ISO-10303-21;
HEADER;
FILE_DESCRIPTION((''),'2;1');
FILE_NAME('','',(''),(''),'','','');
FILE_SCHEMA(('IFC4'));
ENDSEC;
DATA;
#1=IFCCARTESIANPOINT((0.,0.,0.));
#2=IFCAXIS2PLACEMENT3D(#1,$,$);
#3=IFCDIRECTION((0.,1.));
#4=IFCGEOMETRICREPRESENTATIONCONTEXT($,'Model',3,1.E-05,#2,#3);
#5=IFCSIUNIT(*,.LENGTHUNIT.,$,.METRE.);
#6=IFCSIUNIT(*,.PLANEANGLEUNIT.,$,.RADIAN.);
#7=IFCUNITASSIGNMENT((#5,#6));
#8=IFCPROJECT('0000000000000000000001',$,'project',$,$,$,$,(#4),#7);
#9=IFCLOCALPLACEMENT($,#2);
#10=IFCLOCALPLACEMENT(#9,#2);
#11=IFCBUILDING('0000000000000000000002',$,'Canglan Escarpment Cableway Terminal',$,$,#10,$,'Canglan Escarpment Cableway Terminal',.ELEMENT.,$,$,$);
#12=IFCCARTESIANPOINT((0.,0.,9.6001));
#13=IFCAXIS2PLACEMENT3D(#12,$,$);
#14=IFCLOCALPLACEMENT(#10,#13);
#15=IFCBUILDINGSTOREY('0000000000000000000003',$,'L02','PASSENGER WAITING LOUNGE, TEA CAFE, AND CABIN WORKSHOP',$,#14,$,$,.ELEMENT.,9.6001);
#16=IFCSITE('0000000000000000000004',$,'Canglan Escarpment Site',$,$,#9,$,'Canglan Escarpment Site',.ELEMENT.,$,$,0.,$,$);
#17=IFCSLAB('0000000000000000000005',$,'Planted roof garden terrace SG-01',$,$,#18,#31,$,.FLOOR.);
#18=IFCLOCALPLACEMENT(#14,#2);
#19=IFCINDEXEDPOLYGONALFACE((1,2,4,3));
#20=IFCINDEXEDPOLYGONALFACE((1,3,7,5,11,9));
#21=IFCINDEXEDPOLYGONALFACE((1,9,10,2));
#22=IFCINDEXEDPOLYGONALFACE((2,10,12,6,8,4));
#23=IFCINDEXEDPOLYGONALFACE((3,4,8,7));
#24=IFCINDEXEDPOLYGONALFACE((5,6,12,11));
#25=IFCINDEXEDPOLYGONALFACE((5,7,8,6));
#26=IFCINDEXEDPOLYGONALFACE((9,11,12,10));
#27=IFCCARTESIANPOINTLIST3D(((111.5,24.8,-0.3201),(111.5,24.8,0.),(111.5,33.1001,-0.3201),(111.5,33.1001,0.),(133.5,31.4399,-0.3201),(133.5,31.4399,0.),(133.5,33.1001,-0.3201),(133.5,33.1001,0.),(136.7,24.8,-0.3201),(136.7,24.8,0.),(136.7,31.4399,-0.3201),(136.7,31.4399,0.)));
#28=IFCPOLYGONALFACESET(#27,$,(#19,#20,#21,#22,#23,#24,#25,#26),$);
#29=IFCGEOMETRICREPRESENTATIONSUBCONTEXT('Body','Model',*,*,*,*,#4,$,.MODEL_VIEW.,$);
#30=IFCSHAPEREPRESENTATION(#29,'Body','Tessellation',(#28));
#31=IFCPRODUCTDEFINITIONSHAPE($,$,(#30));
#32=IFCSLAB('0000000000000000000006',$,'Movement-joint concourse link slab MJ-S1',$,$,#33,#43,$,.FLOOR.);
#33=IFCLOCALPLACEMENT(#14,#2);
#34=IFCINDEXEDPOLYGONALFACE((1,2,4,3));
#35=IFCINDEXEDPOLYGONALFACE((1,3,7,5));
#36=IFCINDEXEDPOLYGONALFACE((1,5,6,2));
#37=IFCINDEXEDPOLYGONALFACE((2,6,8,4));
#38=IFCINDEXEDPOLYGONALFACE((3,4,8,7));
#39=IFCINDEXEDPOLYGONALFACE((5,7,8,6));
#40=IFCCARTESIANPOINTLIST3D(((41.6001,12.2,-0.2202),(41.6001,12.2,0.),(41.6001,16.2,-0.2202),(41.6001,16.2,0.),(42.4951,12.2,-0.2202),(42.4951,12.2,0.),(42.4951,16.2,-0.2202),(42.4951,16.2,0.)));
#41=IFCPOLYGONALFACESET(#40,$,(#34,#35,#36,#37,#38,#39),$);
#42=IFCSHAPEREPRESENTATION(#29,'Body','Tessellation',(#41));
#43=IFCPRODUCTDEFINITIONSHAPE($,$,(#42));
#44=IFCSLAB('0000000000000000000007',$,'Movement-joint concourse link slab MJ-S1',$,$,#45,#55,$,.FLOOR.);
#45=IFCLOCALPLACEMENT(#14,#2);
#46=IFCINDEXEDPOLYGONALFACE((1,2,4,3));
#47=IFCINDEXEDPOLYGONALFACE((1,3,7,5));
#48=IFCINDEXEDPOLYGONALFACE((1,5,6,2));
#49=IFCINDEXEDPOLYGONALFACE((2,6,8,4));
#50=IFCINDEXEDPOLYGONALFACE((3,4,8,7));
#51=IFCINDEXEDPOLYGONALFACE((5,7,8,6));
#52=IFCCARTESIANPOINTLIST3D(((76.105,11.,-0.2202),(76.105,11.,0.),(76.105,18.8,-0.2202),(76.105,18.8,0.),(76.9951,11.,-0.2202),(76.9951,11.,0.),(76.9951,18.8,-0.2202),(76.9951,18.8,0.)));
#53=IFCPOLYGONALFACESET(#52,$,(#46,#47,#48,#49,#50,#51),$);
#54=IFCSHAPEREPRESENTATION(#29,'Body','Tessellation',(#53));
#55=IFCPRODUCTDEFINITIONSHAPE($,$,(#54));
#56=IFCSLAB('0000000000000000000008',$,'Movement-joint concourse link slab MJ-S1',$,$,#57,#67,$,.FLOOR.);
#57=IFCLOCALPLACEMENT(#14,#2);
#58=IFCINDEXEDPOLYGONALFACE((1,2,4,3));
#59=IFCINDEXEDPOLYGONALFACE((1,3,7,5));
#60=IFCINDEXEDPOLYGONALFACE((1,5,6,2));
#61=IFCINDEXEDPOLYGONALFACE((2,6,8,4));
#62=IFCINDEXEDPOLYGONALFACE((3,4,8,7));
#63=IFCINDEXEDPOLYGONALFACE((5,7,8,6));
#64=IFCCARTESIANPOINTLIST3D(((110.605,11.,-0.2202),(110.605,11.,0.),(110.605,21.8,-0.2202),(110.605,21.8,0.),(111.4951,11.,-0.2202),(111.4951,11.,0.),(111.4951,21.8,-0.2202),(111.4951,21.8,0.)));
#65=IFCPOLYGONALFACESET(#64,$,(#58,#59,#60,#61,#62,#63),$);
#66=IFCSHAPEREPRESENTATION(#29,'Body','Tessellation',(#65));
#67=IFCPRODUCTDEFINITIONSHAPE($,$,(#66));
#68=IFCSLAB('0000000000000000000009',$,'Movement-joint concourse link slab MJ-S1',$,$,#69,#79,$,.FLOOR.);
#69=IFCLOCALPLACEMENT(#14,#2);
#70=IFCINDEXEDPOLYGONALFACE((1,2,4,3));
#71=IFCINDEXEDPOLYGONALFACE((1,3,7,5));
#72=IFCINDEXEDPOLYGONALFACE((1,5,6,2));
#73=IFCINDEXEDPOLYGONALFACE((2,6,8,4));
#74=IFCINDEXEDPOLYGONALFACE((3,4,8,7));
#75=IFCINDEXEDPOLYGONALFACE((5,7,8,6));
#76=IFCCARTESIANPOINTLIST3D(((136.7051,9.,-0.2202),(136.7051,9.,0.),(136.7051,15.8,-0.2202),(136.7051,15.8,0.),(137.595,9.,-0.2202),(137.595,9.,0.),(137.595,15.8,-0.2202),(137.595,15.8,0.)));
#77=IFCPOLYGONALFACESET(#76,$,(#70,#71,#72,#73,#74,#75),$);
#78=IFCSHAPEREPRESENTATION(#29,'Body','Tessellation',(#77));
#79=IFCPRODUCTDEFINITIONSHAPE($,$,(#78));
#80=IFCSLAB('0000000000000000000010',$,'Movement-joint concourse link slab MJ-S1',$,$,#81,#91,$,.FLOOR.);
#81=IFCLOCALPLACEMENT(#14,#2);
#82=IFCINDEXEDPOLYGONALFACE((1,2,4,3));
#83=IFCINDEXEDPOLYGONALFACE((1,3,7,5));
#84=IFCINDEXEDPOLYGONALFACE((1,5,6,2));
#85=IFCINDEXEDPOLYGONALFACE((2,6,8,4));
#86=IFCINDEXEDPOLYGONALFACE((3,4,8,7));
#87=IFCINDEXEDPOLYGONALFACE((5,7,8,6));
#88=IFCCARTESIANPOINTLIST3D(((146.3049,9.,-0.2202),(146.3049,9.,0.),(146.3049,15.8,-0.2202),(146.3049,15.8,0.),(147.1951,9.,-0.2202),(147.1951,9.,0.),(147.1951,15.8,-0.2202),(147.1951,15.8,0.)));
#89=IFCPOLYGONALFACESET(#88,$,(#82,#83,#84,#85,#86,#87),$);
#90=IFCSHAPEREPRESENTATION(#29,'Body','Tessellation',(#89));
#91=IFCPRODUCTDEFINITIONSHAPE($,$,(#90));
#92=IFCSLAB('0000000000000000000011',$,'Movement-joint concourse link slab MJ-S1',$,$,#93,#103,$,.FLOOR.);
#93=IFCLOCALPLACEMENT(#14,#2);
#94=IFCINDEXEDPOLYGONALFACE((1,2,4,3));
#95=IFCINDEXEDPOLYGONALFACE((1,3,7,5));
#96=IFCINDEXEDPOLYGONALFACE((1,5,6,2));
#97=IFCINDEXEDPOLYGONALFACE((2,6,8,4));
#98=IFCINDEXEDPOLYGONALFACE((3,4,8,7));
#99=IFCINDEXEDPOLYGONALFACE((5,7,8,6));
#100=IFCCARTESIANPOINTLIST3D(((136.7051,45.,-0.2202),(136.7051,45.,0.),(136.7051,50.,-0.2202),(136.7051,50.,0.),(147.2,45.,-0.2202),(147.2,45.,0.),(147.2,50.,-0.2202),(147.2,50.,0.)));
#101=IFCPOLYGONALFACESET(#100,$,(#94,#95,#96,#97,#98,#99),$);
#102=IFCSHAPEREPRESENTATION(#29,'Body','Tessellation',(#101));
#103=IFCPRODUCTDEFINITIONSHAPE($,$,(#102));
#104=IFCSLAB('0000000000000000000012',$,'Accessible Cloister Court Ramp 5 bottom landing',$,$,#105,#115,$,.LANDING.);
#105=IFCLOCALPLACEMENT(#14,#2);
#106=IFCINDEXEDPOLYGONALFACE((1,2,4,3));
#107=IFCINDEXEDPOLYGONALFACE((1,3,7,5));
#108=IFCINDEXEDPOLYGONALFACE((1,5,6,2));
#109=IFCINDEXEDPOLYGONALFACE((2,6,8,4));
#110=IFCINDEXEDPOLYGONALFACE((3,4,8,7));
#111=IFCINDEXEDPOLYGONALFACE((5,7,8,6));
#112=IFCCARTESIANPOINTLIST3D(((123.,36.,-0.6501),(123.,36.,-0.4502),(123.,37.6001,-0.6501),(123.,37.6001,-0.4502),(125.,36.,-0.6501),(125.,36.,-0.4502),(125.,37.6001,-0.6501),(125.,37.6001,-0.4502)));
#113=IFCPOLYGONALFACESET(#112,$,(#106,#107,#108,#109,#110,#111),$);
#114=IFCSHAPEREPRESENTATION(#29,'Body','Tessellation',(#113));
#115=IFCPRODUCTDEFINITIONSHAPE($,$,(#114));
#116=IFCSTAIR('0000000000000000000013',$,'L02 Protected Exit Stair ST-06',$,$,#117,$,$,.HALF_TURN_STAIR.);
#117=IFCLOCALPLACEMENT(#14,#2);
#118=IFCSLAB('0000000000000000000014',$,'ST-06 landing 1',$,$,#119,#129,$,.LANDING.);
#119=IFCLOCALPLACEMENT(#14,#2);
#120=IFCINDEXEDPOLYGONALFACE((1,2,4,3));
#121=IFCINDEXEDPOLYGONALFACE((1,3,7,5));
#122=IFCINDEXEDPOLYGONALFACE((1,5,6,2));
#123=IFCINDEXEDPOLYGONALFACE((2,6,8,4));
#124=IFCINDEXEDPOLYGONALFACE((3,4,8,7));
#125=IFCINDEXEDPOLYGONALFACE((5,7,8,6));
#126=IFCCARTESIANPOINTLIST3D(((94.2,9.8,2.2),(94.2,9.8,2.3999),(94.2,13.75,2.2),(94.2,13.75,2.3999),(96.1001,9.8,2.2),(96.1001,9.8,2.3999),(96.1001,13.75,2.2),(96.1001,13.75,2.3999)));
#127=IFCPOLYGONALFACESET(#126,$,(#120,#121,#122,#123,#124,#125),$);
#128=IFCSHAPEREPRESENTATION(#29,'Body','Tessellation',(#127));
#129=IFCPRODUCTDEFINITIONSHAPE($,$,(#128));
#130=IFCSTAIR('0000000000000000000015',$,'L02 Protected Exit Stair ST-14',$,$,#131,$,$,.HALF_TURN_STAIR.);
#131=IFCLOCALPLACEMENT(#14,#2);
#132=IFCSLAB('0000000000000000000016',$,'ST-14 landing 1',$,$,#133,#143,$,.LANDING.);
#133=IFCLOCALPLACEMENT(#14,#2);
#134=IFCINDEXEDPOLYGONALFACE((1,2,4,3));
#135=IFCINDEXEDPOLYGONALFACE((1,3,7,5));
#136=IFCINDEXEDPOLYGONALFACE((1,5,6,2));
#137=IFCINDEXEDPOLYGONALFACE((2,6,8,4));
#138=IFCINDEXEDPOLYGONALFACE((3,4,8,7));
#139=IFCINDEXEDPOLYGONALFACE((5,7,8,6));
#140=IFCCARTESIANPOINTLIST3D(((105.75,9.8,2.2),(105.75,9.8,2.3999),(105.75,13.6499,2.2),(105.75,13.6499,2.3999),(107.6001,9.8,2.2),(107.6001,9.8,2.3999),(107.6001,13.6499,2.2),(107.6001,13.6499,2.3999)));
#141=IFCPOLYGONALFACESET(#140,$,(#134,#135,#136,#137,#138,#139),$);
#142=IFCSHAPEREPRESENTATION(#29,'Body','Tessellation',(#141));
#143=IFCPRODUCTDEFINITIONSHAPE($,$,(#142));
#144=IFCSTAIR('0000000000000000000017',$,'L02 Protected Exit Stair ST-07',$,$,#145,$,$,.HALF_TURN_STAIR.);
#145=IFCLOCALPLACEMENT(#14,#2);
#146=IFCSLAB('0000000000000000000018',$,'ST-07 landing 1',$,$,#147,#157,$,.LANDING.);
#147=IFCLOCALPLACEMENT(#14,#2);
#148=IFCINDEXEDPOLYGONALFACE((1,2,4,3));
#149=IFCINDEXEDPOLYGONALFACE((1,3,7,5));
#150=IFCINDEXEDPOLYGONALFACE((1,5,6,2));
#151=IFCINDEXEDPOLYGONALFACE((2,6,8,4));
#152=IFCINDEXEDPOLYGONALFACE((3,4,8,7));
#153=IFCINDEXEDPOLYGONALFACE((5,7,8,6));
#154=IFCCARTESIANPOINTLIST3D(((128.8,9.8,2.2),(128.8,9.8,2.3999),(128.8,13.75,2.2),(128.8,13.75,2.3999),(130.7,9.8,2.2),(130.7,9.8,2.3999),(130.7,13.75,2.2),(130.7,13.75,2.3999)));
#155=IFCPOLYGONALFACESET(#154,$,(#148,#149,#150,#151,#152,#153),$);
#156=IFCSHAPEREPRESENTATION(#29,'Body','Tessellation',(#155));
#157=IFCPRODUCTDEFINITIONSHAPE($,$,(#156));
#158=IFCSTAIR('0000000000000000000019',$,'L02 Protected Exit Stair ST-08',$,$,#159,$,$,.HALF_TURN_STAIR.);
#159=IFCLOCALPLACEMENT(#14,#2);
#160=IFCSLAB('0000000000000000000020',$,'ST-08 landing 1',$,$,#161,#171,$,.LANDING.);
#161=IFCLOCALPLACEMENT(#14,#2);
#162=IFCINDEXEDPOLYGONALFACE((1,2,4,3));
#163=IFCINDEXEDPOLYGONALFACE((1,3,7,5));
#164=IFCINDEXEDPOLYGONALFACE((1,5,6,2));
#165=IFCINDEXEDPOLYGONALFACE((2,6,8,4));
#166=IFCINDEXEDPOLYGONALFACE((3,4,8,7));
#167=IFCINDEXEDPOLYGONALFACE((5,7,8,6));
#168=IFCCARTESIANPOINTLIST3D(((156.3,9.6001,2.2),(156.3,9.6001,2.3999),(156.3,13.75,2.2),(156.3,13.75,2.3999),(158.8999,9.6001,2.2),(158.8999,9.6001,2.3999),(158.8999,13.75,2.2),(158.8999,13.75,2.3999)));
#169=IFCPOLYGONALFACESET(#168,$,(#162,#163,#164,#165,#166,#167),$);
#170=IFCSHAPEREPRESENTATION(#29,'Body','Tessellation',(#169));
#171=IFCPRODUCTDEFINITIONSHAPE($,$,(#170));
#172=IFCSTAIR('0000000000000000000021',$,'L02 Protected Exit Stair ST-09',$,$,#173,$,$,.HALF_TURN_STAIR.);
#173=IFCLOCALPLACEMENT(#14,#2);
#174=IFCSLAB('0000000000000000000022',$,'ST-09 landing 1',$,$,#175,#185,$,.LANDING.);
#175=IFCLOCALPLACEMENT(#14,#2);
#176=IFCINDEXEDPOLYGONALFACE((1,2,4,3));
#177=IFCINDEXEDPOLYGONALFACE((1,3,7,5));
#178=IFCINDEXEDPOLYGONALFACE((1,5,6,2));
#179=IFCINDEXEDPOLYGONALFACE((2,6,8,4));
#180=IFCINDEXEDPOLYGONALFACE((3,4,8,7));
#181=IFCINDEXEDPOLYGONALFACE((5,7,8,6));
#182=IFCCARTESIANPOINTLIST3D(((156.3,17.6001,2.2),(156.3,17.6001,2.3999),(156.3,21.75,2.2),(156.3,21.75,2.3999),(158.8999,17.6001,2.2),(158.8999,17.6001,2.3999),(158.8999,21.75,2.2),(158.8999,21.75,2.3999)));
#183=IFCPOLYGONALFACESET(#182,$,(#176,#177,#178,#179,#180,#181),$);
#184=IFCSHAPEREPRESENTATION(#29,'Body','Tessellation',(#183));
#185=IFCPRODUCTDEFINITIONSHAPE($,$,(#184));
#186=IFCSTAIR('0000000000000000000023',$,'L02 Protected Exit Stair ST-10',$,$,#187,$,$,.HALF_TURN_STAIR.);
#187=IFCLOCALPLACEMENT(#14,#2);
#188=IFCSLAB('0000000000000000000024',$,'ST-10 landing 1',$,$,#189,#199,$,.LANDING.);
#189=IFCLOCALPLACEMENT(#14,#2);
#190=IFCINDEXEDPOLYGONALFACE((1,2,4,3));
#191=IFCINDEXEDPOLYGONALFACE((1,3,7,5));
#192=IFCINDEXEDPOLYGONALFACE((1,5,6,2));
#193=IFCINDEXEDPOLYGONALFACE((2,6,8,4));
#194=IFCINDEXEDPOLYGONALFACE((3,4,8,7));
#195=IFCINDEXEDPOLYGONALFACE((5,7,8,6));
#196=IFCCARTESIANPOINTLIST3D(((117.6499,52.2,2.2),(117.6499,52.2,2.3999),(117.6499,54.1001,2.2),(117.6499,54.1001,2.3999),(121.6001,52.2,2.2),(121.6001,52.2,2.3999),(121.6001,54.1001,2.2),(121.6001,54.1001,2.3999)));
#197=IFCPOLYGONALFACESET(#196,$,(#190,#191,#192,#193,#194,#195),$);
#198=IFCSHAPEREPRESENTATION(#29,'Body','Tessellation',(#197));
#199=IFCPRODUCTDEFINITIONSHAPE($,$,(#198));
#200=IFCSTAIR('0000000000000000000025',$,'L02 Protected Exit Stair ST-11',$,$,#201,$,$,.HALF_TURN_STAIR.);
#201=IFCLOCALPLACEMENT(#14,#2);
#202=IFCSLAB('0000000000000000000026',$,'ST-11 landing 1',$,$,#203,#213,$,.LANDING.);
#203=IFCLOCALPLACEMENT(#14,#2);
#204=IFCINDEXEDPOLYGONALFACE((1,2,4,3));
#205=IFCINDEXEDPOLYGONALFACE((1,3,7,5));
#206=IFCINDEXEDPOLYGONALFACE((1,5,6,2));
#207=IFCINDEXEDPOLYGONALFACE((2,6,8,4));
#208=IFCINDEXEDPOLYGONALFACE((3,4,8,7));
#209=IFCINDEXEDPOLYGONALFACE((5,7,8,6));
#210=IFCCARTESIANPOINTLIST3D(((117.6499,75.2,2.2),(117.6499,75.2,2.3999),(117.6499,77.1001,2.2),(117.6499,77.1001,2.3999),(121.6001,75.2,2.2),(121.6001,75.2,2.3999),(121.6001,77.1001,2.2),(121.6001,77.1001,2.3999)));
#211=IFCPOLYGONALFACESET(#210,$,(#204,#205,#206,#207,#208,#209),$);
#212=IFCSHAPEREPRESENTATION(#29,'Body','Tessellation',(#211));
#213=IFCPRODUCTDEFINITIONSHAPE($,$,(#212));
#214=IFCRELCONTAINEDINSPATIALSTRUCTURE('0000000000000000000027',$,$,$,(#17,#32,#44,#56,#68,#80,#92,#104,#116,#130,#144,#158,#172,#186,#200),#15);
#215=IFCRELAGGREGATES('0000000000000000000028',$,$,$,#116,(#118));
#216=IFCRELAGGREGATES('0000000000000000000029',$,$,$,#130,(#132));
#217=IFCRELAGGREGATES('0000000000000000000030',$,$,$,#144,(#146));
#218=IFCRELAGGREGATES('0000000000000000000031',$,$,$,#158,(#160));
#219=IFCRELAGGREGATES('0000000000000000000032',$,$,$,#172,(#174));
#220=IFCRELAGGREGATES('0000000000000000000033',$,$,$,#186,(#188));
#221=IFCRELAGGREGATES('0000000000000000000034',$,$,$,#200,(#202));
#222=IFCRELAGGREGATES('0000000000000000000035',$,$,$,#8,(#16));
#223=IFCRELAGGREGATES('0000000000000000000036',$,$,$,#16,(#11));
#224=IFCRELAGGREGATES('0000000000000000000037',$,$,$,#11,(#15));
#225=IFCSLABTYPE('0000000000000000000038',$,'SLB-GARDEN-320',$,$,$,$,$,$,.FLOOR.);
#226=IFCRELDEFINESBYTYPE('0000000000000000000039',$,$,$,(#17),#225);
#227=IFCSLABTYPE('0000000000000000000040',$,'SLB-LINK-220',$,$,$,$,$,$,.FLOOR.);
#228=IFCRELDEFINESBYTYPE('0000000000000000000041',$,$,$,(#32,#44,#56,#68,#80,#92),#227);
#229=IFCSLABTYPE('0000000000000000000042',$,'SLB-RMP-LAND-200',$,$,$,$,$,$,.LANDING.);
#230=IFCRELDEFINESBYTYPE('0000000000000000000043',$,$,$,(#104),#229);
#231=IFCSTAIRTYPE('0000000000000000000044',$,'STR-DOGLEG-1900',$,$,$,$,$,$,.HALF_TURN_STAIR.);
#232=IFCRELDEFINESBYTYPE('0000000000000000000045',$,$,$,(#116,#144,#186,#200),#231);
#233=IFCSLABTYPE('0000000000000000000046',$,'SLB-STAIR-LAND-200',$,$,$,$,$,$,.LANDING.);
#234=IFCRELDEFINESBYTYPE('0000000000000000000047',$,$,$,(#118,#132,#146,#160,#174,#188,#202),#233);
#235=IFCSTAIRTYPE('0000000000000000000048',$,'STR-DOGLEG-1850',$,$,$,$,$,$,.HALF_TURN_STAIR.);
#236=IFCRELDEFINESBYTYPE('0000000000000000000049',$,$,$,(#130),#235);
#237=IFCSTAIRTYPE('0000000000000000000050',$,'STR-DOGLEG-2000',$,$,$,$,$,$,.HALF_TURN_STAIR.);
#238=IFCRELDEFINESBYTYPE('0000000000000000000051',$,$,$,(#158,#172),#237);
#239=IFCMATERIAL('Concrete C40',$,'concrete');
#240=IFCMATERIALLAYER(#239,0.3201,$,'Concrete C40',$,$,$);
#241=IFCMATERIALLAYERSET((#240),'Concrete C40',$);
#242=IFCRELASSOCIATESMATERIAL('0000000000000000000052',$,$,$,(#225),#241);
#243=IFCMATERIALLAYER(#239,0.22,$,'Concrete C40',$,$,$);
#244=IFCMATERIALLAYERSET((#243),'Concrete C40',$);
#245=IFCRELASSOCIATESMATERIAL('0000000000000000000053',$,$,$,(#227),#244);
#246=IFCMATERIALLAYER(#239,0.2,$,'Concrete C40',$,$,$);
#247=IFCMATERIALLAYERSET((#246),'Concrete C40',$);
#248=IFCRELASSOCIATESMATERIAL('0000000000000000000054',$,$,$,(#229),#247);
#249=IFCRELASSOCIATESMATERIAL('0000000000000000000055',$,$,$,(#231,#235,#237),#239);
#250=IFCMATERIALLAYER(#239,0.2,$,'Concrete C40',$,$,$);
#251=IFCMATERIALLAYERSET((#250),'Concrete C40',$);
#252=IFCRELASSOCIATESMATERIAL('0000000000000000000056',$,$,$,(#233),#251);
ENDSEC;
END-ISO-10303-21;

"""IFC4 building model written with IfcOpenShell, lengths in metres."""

from ifc_helpers import new_model, si_unit, direction, frame, origin, place, context, subcontext, project, spatial, polyline, outline, extrude, material, layer, layer_set, type_object, element, aggregate, save


model = new_model("IFC4")

# Units and contexts
model_context = context("Model", 3, precision=1e-05, world=origin(), true_north=direction((0.0, 1.0)))
body_context = subcontext(model_context, "Body", "Model", "MODEL_VIEW")
ifc_project = project(units=[si_unit("LENGTHUNIT", "METRE"), si_unit("PLANEANGLEUNIT", "RADIAN")], contexts=[model_context])

# Site, building, storey
site_placement = place(None, origin())
site = spatial("IfcSite", under=ifc_project, at=site_placement, Name="Canglan Escarpment Site", LongName="Canglan Escarpment Site", CompositionType="ELEMENT", RefElevation=0.0)
building_placement = place(site_placement, origin())
building = spatial("IfcBuilding", under=site, at=building_placement, Name="Canglan Escarpment Cableway Terminal", LongName="Canglan Escarpment Cableway Terminal", CompositionType="ELEMENT")
storey_placement = place(building_placement, frame((0.0, 0.0, 9.6001)))
storey = spatial("IfcBuildingStorey", under=building, at=storey_placement, Name="L02", Description="PASSENGER WAITING LOUNGE, TEA CAFE, AND CABIN WORKSHOP", CompositionType="ELEMENT", Elevation=9.6001)

# Slabs
ifc_material_1 = material(Name="Concrete C40", Category="concrete")
ifc_layer_1 = layer(ifc_material_1, 0.3201, Name="Concrete C40")
ifc_layer_set_1 = layer_set([ifc_layer_1], Name="Concrete C40")
slab_type_1 = type_object("IfcSlabType", Name="SLB-GARDEN-320", PredefinedType="FLOOR", material=ifc_layer_set_1)
slab_1_placement = place(storey_placement, frame((0.0, 0.0, -0.3201)))
element("IfcSlab", 1, at=slab_1_placement, inside=storey, type_object=slab_type_1, Name="Planted roof garden terrace SG-01", PredefinedType="FLOOR", context=body_context, shape_type="SweptSolid", body=[
    extrude(outline(polyline([(111.5, 24.8), (136.7, 24.8), (136.7, 31.4399), (133.5, 31.4399), (133.5, 33.1001), (111.5, 33.1001), (111.5, 24.8)])), origin(), (0.0, 0.0, 1.0), 0.3201),
])
ifc_layer_2 = layer(ifc_material_1, 0.22, Name="Concrete C40")
ifc_layer_set_2 = layer_set([ifc_layer_2], Name="Concrete C40")
slab_type_2 = type_object("IfcSlabType", Name="SLB-LINK-220", PredefinedType="FLOOR", material=ifc_layer_set_2)
slab_2_placement = place(storey_placement, frame((0.0, 0.0, -0.2202)))
element("IfcSlab", 2, at=slab_2_placement, inside=storey, type_object=slab_type_2, Name="Movement-joint concourse link slab MJ-S1", PredefinedType="FLOOR", context=body_context, shape_type="SweptSolid", body=[
    extrude(outline(polyline([(41.6001, 12.2), (41.6001, 16.2), (42.4951, 16.2), (42.4951, 12.2), (41.6001, 12.2)])), origin(), (0.0, 0.0, 1.0), 0.2202),
])
slab_3_placement = place(storey_placement, frame((0.0, 0.0, -0.2202)))
element("IfcSlab", 3, at=slab_3_placement, inside=storey, type_object=slab_type_2, Name="Movement-joint concourse link slab MJ-S1", PredefinedType="FLOOR", context=body_context, shape_type="SweptSolid", body=[
    extrude(outline(polyline([(76.9951, 18.8), (76.9951, 11.0), (76.105, 11.0), (76.105, 18.8), (76.9951, 18.8)])), origin(), (0.0, 0.0, 1.0), 0.2202),
])
slab_4_placement = place(storey_placement, frame((0.0, 0.0, -0.2202)))
element("IfcSlab", 4, at=slab_4_placement, inside=storey, type_object=slab_type_2, Name="Movement-joint concourse link slab MJ-S1", PredefinedType="FLOOR", context=body_context, shape_type="SweptSolid", body=[
    extrude(outline(polyline([(111.4951, 21.8), (111.4951, 11.0), (110.605, 11.0), (110.605, 21.8), (111.4951, 21.8)])), origin(), (0.0, 0.0, 1.0), 0.2202),
])
slab_5_placement = place(storey_placement, frame((0.0, 0.0, -0.2202)))
element("IfcSlab", 5, at=slab_5_placement, inside=storey, type_object=slab_type_2, Name="Movement-joint concourse link slab MJ-S1", PredefinedType="FLOOR", context=body_context, shape_type="SweptSolid", body=[
    extrude(outline(polyline([(137.595, 15.8), (137.595, 9.0), (136.7051, 9.0), (136.7051, 15.8), (137.595, 15.8)])), origin(), (0.0, 0.0, 1.0), 0.2202),
])
slab_6_placement = place(storey_placement, frame((0.0, 0.0, -0.2202)))
element("IfcSlab", 6, at=slab_6_placement, inside=storey, type_object=slab_type_2, Name="Movement-joint concourse link slab MJ-S1", PredefinedType="FLOOR", context=body_context, shape_type="SweptSolid", body=[
    extrude(outline(polyline([(147.1951, 15.8), (147.1951, 9.0), (146.3049, 9.0), (146.3049, 15.8), (147.1951, 15.8)])), origin(), (0.0, 0.0, 1.0), 0.2202),
])
slab_7_placement = place(storey_placement, frame((0.0, 0.0, -0.2202)))
element("IfcSlab", 7, at=slab_7_placement, inside=storey, type_object=slab_type_2, Name="Movement-joint concourse link slab MJ-S1", PredefinedType="FLOOR", context=body_context, shape_type="SweptSolid", body=[
    extrude(outline(polyline([(147.2, 50.0), (147.2, 45.0), (136.7051, 45.0), (136.7051, 50.0), (147.2, 50.0)])), origin(), (0.0, 0.0, 1.0), 0.2202),
])
ifc_layer_3 = layer(ifc_material_1, 0.2, Name="Concrete C40")
ifc_layer_set_3 = layer_set([ifc_layer_3], Name="Concrete C40")
slab_type_3 = type_object("IfcSlabType", Name="SLB-RMP-LAND-200", PredefinedType="LANDING", material=ifc_layer_set_3)
slab_8_placement = place(storey_placement, frame((0.0, 0.0, -0.6501)))
element("IfcSlab", 8, at=slab_8_placement, inside=storey, type_object=slab_type_3, Name="Accessible Cloister Court Ramp 5 bottom landing", PredefinedType="LANDING", context=body_context, shape_type="SweptSolid", body=[
    extrude(outline(polyline([(123.0, 36.0), (125.0, 36.0), (125.0, 37.6001), (123.0, 37.6001), (123.0, 36.0)])), origin(), (0.0, 0.0, 1.0), 0.2),
])

# Stairs, slabs
stair_type_1 = type_object("IfcStairType", Name="STR-DOGLEG-1900", PredefinedType="HALF_TURN_STAIR", material=ifc_material_1)
stair_1_placement = place(storey_placement, origin())
stair_1 = element("IfcStair", 9, at=stair_1_placement, inside=storey, type_object=stair_type_1, Name="L02 Protected Exit Stair ST-06", PredefinedType="HALF_TURN_STAIR")
ifc_layer_4 = layer(ifc_material_1, 0.2, Name="Concrete C40")
ifc_layer_set_4 = layer_set([ifc_layer_4], Name="Concrete C40")
slab_type_4 = type_object("IfcSlabType", Name="SLB-STAIR-LAND-200", PredefinedType="LANDING", material=ifc_layer_set_4)
slab_9_placement = place(storey_placement, frame((0.0, 0.0, 2.2)))
slab_9 = element("IfcSlab", 10, at=slab_9_placement, type_object=slab_type_4, Name="ST-06 landing 1", PredefinedType="LANDING", context=body_context, shape_type="SweptSolid", body=[
    extrude(outline(polyline([(94.2, 9.8), (96.1001, 9.8), (96.1001, 13.75), (94.2, 13.75), (94.2, 9.8)])), origin(), (0.0, 0.0, 1.0), 0.2),
])
aggregate(stair_1, [slab_9])
stair_type_2 = type_object("IfcStairType", Name="STR-DOGLEG-1850", PredefinedType="HALF_TURN_STAIR", material=ifc_material_1)
stair_2_placement = place(storey_placement, origin())
stair_2 = element("IfcStair", 11, at=stair_2_placement, inside=storey, type_object=stair_type_2, Name="L02 Protected Exit Stair ST-14", PredefinedType="HALF_TURN_STAIR")
slab_10_placement = place(storey_placement, frame((0.0, 0.0, 2.2)))
slab_10 = element("IfcSlab", 12, at=slab_10_placement, type_object=slab_type_4, Name="ST-14 landing 1", PredefinedType="LANDING", context=body_context, shape_type="SweptSolid", body=[
    extrude(outline(polyline([(105.75, 9.8), (107.6001, 9.8), (107.6001, 13.6499), (105.75, 13.6499), (105.75, 9.8)])), origin(), (0.0, 0.0, 1.0), 0.2),
])
aggregate(stair_2, [slab_10])
stair_3_placement = place(storey_placement, origin())
stair_3 = element("IfcStair", 13, at=stair_3_placement, inside=storey, type_object=stair_type_1, Name="L02 Protected Exit Stair ST-07", PredefinedType="HALF_TURN_STAIR")
slab_11_placement = place(storey_placement, frame((0.0, 0.0, 2.2)))
slab_11 = element("IfcSlab", 14, at=slab_11_placement, type_object=slab_type_4, Name="ST-07 landing 1", PredefinedType="LANDING", context=body_context, shape_type="SweptSolid", body=[
    extrude(outline(polyline([(128.8, 9.8), (130.7, 9.8), (130.7, 13.75), (128.8, 13.75), (128.8, 9.8)])), origin(), (0.0, 0.0, 1.0), 0.2),
])
aggregate(stair_3, [slab_11])
stair_type_3 = type_object("IfcStairType", Name="STR-DOGLEG-2000", PredefinedType="HALF_TURN_STAIR", material=ifc_material_1)
stair_4_placement = place(storey_placement, origin())
stair_4 = element("IfcStair", 15, at=stair_4_placement, inside=storey, type_object=stair_type_3, Name="L02 Protected Exit Stair ST-08", PredefinedType="HALF_TURN_STAIR")
slab_12_placement = place(storey_placement, frame((0.0, 0.0, 2.2)))
slab_12 = element("IfcSlab", 16, at=slab_12_placement, type_object=slab_type_4, Name="ST-08 landing 1", PredefinedType="LANDING", context=body_context, shape_type="SweptSolid", body=[
    extrude(outline(polyline([(156.3, 9.6001), (158.8999, 9.6001), (158.8999, 13.75), (156.3, 13.75), (156.3, 9.6001)])), origin(), (0.0, 0.0, 1.0), 0.2),
])
aggregate(stair_4, [slab_12])
stair_5_placement = place(storey_placement, origin())
stair_5 = element("IfcStair", 17, at=stair_5_placement, inside=storey, type_object=stair_type_3, Name="L02 Protected Exit Stair ST-09", PredefinedType="HALF_TURN_STAIR")
slab_13_placement = place(storey_placement, frame((0.0, 0.0, 2.2)))
slab_13 = element("IfcSlab", 18, at=slab_13_placement, type_object=slab_type_4, Name="ST-09 landing 1", PredefinedType="LANDING", context=body_context, shape_type="SweptSolid", body=[
    extrude(outline(polyline([(156.3, 17.6001), (158.8999, 17.6001), (158.8999, 21.75), (156.3, 21.75), (156.3, 17.6001)])), origin(), (0.0, 0.0, 1.0), 0.2),
])
aggregate(stair_5, [slab_13])
stair_6_placement = place(storey_placement, origin())
stair_6 = element("IfcStair", 19, at=stair_6_placement, inside=storey, type_object=stair_type_1, Name="L02 Protected Exit Stair ST-10", PredefinedType="HALF_TURN_STAIR")
slab_14_placement = place(storey_placement, frame((0.0, 0.0, 2.2)))
slab_14 = element("IfcSlab", 20, at=slab_14_placement, type_object=slab_type_4, Name="ST-10 landing 1", PredefinedType="LANDING", context=body_context, shape_type="SweptSolid", body=[
    extrude(outline(polyline([(121.6001, 52.2), (121.6001, 54.1001), (117.6499, 54.1001), (117.6499, 52.2), (121.6001, 52.2)])), origin(), (0.0, 0.0, 1.0), 0.2),
])
aggregate(stair_6, [slab_14])
stair_7_placement = place(storey_placement, origin())
stair_7 = element("IfcStair", 21, at=stair_7_placement, inside=storey, type_object=stair_type_1, Name="L02 Protected Exit Stair ST-11", PredefinedType="HALF_TURN_STAIR")
slab_15_placement = place(storey_placement, frame((0.0, 0.0, 2.2)))
slab_15 = element("IfcSlab", 22, at=slab_15_placement, type_object=slab_type_4, Name="ST-11 landing 1", PredefinedType="LANDING", context=body_context, shape_type="SweptSolid", body=[
    extrude(outline(polyline([(121.6001, 75.2), (121.6001, 77.1001), (117.6499, 77.1001), (117.6499, 75.2), (121.6001, 75.2)])), origin(), (0.0, 0.0, 1.0), 0.2),
])
aggregate(stair_7, [slab_15])

save(model, "model.ifc")
